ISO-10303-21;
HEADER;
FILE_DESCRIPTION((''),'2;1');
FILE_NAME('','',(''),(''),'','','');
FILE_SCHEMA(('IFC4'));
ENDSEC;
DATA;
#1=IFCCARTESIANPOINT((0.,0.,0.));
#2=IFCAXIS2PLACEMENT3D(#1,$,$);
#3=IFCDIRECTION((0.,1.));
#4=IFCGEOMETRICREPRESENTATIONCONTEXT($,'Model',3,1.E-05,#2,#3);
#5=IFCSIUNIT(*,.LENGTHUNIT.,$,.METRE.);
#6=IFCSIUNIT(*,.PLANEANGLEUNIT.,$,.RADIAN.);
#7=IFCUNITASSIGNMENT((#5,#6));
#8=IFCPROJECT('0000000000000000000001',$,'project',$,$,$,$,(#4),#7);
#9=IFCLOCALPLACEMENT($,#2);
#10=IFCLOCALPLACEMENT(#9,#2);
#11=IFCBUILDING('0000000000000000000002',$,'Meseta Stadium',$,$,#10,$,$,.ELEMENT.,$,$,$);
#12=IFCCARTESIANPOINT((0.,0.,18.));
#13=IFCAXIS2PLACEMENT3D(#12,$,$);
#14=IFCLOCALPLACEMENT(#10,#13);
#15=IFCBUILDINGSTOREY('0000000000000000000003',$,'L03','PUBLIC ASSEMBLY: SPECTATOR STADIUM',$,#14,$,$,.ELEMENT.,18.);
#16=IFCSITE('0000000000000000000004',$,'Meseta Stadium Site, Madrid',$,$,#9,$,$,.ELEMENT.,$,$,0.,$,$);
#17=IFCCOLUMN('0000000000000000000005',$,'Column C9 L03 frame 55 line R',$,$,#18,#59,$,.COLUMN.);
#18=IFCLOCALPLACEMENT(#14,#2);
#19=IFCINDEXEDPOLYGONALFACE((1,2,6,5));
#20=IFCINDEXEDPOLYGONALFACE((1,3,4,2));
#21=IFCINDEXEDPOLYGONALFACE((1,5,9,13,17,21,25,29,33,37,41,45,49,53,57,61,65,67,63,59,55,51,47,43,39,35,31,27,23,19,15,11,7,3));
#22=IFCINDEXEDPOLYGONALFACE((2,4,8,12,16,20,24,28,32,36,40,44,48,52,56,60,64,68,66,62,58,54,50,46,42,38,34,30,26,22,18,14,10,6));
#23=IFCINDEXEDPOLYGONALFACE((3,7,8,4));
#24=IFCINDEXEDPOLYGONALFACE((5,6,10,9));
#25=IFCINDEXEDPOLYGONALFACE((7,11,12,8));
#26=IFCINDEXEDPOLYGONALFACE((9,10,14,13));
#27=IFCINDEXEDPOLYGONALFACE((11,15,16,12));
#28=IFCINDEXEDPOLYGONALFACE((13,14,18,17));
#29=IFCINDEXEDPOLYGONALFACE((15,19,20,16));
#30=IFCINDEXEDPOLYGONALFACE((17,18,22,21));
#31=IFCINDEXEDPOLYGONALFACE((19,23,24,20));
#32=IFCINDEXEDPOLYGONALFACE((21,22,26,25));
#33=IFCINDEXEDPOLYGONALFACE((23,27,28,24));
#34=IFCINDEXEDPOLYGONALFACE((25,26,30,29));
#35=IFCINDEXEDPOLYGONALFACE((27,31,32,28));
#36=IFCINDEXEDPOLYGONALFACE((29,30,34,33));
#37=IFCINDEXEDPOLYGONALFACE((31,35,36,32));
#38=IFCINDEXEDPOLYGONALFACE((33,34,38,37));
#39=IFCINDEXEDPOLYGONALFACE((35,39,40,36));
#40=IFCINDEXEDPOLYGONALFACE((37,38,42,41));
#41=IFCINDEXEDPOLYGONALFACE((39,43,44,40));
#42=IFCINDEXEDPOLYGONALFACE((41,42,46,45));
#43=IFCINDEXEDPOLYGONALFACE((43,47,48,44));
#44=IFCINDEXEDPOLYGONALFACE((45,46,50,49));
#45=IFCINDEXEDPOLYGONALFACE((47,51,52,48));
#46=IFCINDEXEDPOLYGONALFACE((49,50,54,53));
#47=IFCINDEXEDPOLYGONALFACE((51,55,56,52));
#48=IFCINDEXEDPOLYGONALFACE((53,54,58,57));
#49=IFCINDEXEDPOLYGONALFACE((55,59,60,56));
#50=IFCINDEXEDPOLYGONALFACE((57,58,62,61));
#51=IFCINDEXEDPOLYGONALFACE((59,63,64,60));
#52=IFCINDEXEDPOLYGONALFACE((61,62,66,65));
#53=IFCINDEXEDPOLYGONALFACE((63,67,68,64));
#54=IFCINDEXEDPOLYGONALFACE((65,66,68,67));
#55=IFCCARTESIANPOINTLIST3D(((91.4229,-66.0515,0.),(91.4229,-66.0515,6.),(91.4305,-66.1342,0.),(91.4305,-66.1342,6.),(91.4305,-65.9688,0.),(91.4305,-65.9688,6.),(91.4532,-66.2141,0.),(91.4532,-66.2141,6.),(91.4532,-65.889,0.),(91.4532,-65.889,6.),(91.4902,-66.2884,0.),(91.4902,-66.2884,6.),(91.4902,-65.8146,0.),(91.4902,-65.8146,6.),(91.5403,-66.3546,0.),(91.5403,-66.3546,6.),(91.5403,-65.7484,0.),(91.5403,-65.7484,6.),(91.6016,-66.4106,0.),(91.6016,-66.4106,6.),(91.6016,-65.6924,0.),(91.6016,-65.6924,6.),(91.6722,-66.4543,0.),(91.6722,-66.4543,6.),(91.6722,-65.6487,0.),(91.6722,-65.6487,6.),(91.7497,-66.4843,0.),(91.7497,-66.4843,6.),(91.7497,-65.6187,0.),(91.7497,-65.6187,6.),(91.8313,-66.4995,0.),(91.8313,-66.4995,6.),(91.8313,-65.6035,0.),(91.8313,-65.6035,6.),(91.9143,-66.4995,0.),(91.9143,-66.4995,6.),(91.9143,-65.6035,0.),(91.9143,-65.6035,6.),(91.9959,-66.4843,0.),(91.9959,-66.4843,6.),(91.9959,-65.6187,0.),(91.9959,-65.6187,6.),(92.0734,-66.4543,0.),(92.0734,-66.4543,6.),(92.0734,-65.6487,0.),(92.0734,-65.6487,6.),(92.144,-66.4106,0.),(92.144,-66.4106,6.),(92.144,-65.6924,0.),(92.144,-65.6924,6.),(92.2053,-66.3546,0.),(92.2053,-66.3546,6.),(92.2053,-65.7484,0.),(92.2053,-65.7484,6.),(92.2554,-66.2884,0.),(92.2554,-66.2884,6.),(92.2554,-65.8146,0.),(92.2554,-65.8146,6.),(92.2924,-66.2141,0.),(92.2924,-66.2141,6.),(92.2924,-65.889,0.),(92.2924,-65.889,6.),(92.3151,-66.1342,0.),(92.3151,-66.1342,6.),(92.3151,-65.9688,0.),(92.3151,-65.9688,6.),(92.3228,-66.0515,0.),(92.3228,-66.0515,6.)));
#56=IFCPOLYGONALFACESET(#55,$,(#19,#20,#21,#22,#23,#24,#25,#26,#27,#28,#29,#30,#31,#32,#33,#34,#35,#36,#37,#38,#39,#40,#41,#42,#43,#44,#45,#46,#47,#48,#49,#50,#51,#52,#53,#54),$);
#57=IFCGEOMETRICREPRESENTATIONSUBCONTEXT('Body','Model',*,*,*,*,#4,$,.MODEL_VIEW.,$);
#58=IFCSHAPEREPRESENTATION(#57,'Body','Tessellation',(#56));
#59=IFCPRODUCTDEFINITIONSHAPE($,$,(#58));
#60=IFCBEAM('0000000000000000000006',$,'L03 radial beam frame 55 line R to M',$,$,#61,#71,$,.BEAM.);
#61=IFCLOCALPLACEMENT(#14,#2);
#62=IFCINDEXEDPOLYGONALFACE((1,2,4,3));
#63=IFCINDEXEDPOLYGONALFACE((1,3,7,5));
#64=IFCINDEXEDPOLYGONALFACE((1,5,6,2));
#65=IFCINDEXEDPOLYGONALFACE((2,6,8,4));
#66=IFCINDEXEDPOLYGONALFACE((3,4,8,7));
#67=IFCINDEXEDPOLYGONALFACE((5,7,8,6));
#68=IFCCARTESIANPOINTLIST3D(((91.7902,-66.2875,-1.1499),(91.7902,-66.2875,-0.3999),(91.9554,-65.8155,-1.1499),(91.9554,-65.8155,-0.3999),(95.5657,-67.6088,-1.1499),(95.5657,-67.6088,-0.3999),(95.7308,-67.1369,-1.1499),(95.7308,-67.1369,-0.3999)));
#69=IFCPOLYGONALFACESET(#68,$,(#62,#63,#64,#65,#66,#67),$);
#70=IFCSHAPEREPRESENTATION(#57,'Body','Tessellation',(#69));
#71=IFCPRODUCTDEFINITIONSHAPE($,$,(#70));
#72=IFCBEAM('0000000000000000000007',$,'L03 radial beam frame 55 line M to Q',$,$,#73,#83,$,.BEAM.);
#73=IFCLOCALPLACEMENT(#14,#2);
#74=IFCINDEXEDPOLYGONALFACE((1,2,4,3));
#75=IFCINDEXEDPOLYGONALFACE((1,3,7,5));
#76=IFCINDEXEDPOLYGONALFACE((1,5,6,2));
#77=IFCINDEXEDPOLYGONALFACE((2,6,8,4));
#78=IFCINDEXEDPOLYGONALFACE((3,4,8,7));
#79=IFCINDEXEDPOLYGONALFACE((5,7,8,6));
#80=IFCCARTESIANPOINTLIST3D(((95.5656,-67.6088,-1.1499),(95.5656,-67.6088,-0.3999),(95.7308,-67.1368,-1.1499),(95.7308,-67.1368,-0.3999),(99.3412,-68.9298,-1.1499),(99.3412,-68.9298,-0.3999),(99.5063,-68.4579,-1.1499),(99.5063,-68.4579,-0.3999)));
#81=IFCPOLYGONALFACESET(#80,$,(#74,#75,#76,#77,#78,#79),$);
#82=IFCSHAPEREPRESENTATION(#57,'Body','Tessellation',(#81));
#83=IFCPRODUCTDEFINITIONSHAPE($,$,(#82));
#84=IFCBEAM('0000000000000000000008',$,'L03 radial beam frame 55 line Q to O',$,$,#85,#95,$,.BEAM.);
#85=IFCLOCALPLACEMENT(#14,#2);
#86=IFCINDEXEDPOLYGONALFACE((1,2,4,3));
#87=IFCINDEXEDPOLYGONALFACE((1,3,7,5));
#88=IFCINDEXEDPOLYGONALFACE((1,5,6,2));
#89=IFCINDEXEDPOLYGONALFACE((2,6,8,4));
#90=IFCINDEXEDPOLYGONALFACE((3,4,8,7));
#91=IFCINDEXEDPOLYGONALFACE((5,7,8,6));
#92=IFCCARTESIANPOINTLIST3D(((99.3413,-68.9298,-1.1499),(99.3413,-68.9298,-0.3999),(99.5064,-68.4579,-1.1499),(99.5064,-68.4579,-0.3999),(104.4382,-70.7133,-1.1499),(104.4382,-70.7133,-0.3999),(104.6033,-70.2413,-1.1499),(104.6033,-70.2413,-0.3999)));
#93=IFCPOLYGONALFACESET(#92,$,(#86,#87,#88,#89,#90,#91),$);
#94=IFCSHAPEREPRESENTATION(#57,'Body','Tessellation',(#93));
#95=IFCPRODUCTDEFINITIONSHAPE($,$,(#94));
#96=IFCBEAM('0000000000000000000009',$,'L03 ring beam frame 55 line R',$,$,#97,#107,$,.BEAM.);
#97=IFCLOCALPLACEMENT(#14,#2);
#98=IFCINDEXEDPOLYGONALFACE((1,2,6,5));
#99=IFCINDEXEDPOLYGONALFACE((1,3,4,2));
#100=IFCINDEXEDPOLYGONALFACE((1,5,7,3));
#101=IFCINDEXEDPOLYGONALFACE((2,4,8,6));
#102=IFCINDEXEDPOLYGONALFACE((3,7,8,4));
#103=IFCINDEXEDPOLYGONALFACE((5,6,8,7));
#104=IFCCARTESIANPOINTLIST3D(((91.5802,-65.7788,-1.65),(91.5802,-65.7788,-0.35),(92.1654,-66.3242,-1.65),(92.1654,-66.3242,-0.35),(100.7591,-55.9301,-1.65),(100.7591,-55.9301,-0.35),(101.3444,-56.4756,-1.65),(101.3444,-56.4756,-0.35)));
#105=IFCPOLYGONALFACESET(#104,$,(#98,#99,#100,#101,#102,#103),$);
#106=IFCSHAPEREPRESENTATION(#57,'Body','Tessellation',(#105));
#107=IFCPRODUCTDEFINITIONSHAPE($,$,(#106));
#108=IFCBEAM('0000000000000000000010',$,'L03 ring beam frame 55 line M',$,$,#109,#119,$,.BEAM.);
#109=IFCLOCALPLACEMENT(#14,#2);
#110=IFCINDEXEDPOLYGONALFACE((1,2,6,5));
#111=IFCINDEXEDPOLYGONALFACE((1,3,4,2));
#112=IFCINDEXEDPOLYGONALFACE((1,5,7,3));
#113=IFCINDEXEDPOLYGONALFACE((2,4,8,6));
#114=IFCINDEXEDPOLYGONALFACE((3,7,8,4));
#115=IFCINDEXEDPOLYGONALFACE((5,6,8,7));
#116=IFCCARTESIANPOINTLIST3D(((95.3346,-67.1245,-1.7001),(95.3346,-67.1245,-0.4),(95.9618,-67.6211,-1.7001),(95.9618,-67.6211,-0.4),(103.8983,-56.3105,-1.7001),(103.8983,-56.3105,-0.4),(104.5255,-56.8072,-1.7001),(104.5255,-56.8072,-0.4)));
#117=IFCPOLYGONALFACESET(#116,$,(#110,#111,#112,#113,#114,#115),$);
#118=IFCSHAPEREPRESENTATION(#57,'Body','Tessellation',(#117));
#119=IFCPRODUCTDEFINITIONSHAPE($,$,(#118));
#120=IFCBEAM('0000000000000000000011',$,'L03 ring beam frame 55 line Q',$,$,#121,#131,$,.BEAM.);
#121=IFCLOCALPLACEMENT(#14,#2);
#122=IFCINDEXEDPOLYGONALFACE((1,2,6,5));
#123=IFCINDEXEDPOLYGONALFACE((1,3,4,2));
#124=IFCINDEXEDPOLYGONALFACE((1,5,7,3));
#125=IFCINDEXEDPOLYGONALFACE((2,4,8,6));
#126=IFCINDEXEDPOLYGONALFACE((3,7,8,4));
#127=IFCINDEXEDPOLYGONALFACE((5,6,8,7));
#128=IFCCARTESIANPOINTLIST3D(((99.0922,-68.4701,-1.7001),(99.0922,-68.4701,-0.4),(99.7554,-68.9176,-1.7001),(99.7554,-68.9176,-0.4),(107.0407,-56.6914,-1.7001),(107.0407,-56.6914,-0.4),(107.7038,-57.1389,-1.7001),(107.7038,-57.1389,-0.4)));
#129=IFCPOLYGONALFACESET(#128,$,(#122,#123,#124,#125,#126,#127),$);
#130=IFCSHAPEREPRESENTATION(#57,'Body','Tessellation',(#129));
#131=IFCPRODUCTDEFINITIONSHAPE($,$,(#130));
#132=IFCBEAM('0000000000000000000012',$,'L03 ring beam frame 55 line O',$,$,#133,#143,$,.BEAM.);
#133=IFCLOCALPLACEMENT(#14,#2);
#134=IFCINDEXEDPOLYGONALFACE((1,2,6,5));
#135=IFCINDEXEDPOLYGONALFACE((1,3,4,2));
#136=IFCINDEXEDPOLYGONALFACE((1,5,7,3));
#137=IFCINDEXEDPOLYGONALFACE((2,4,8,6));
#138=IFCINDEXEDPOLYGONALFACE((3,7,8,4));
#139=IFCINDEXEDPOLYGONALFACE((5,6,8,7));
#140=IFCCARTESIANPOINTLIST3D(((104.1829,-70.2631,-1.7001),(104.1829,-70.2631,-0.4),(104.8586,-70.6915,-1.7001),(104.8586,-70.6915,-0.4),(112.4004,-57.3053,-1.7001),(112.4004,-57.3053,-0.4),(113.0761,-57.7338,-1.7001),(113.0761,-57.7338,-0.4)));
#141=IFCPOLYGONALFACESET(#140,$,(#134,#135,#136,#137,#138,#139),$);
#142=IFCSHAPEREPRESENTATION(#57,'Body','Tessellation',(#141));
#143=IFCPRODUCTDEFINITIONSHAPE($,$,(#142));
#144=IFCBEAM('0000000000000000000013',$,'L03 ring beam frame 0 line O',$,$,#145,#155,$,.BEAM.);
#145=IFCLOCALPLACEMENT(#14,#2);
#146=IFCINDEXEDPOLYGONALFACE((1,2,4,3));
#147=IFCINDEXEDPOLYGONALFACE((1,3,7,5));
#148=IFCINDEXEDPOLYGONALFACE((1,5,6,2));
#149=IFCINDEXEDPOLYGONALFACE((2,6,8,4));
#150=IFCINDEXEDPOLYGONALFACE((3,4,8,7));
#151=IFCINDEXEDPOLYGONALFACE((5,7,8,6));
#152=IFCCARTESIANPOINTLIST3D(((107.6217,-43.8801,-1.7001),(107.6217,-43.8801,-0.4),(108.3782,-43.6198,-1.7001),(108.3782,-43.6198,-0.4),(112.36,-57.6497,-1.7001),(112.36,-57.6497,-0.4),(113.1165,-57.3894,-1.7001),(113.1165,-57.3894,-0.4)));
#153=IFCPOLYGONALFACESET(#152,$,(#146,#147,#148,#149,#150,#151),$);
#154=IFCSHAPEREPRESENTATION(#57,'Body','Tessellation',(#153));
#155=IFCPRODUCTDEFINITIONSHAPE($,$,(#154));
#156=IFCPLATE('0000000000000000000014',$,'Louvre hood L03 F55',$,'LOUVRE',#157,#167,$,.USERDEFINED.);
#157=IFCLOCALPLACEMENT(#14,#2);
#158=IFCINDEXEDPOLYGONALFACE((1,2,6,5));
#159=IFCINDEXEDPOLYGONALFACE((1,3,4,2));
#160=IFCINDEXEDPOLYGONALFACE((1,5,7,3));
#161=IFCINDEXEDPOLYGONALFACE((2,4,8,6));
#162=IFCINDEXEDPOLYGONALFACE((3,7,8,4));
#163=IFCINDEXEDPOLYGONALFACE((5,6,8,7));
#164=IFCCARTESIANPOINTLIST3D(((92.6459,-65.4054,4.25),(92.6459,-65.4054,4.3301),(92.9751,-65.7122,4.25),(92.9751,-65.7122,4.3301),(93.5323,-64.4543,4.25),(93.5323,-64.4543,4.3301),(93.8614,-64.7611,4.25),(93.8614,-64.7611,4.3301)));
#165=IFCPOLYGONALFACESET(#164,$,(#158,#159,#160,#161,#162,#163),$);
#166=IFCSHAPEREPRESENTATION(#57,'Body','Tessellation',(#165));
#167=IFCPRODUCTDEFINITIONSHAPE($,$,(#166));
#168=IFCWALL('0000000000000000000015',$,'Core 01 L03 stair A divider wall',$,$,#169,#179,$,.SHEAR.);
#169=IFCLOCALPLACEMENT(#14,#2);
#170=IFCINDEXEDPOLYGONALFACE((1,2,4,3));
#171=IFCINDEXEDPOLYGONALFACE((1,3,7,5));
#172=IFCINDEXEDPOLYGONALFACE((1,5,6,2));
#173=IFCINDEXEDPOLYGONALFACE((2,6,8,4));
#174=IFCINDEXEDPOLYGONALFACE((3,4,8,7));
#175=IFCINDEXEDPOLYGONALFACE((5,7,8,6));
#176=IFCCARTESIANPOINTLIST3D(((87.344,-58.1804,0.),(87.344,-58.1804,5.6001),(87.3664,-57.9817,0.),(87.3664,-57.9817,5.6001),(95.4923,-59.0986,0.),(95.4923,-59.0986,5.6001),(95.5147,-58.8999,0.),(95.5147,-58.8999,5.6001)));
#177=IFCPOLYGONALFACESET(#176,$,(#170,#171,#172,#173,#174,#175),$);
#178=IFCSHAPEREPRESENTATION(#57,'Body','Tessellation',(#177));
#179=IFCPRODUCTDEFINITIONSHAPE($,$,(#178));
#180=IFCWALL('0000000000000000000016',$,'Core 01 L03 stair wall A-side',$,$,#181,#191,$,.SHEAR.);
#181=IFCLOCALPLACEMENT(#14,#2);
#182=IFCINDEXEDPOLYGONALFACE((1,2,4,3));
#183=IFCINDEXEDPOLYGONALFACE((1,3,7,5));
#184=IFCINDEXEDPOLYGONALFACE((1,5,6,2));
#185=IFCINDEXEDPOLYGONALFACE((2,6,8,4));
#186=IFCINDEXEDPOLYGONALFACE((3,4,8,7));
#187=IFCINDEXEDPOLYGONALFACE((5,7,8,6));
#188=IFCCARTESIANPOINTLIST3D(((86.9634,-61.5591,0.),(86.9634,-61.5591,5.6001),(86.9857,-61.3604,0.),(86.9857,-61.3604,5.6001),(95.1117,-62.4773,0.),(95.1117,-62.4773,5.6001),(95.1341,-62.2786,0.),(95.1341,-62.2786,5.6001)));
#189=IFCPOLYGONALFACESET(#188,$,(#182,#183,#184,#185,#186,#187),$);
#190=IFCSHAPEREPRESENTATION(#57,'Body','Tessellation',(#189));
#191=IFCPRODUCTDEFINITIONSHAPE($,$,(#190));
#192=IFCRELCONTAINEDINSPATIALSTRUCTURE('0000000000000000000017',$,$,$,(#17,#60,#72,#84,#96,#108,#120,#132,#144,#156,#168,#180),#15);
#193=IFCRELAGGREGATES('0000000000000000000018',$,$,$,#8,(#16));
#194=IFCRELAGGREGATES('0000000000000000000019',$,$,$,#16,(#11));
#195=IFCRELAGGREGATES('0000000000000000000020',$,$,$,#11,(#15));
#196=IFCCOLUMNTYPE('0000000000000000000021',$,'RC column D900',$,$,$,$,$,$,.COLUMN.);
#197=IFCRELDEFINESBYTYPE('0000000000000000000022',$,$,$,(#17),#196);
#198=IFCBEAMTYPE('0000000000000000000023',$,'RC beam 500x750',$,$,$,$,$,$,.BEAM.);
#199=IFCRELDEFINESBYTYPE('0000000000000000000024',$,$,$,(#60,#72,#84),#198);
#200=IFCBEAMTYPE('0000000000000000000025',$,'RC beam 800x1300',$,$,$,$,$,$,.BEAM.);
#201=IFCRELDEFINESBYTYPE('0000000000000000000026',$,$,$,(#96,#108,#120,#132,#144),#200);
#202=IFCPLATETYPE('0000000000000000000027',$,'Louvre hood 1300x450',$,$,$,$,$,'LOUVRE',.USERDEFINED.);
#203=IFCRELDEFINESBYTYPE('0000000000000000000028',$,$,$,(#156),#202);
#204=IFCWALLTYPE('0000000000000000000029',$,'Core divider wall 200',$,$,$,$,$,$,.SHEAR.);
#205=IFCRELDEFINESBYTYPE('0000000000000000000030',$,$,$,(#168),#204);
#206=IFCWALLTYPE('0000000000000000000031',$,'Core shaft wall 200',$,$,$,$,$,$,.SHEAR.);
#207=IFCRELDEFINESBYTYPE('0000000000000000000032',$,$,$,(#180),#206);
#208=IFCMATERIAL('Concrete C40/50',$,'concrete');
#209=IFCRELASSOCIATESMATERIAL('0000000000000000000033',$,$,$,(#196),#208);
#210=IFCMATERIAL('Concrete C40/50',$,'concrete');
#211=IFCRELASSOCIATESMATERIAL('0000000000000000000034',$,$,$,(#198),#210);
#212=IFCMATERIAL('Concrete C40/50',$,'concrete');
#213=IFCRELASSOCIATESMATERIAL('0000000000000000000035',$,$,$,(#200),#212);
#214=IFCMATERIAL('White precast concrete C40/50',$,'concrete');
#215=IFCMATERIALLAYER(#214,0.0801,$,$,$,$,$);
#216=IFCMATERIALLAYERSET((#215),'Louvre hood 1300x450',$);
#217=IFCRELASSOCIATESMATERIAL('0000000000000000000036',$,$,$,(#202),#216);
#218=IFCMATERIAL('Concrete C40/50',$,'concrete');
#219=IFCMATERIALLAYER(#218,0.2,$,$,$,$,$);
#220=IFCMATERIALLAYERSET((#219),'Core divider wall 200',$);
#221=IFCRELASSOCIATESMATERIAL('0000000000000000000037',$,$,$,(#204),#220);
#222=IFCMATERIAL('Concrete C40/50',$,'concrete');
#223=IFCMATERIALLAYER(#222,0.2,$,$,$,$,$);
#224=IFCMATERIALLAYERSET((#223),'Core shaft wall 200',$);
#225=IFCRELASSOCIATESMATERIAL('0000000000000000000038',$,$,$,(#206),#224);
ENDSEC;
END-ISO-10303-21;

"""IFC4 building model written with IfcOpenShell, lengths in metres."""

from ifc_helpers import new_model, si_unit, direction, frame, frame_2d, origin, origin_2d, place, context, subcontext, project, spatial, rectangle, circle, extrude, material, layer, layer_set, material_profile, profile_set, type_object, element, save


model = new_model("IFC4")

# Units and contexts
model_context = context("Model", 3, precision=1e-05, world=origin(), true_north=direction((0.0, 1.0)))
body_context = subcontext(model_context, "Body", "Model", "MODEL_VIEW")
ifc_project = project(units=[si_unit("LENGTHUNIT", "METRE"), si_unit("PLANEANGLEUNIT", "RADIAN")], contexts=[model_context])

# Site, building, storey
site_placement = place(None, origin())
site = spatial("IfcSite", under=ifc_project, at=site_placement, Name="Meseta Stadium Site, Madrid", CompositionType="ELEMENT", RefElevation=0.0)
building_placement = place(site_placement, origin())
building = spatial("IfcBuilding", under=site, at=building_placement, Name="Meseta Stadium", CompositionType="ELEMENT")
storey_placement = place(building_placement, frame((0.0, 0.0, 18.0)))
storey = spatial("IfcBuildingStorey", under=building, at=storey_placement, Name="L03", Description="PUBLIC ASSEMBLY: SPECTATOR STADIUM", CompositionType="ELEMENT", Elevation=18.0)

# Column
ifc_material_1 = material(Name="Concrete C40/50", Category="concrete")
ifc_material_profile_1 = material_profile(ifc_material_1, circle(Radius=0.45, at=origin_2d()), Name="RC D900")
ifc_profile_set_1 = profile_set([ifc_material_profile_1], Name="Concrete C40/50")
column_type = type_object("IfcColumnType", Name="RC column D900", PredefinedType="COLUMN", material=ifc_profile_set_1)
column_placement = place(storey_placement, frame((91.8728, -66.0515, 0.0), z_axis=(0.0, 0.0, 1.0), x_axis=(1.0, 0.0, 0.0)))
element("IfcColumn", 1, at=column_placement, inside=storey, type_object=column_type, Name="Column C9 L03 frame 55 line R", PredefinedType="COLUMN", context=body_context, shape_type="SweptSolid", body=[
    extrude(circle(Radius=0.45, at=origin_2d()), origin(), (0.0, 0.0, 1.0), 6.0),
])

# Beams
ifc_material_2 = material(Name="Concrete C40/50", Category="concrete")
ifc_material_profile_2 = material_profile(ifc_material_2, rectangle(XDim=0.5, YDim=0.75, at=origin_2d()), Name="RC 500x750")
ifc_profile_set_2 = profile_set([ifc_material_profile_2], Name="Concrete C40/50")
beam_type_1 = type_object("IfcBeamType", Name="RC beam 500x750", PredefinedType="BEAM", material=ifc_profile_set_2)
for number, where, z_axis, x_axis, name in (
    (2, (91.8728, -66.0515, -0.7749), (0.943866, -0.330329, 0.0), (0.330329, 0.943866, 0.0), "L03 radial beam frame 55 line R to M"),
    (3, (95.6482, -67.3728, -0.7749), (0.943892, -0.330255, 0.0), (0.330255, 0.943892, 0.0), "L03 radial beam frame 55 line M to Q"),
):
    element("IfcBeam", number, at=place(storey_placement, frame(where, z_axis=z_axis, x_axis=x_axis)), inside=storey, type_object=beam_type_1, Name=name, PredefinedType="BEAM", context=body_context, shape_type="SweptSolid", body=[
        extrude(rectangle(XDim=0.5, YDim=0.75, at=origin_2d()), origin(), (0.0, 0.0, 1.0), 4.0),
    ])
beam_1_placement = place(storey_placement, frame((99.4238, -68.6938, -0.7749), z_axis=(0.943886, -0.330272, 0.0), x_axis=(0.330272, 0.943886, 0.0)))
element("IfcBeam", 4, at=beam_1_placement, inside=storey, type_object=beam_type_1, Name="L03 radial beam frame 55 line Q to O", PredefinedType="BEAM", context=body_context, shape_type="SweptSolid", body=[
    extrude(rectangle(XDim=0.5, YDim=0.75, at=origin_2d()), origin(), (0.0, 0.0, 1.0), 5.3999),
])
ifc_material_3 = material(Name="Concrete C40/50", Category="concrete")
ifc_material_profile_3 = material_profile(ifc_material_3, rectangle(XDim=0.8, YDim=1.3, at=origin_2d()), Name="RC 800x1300")
ifc_profile_set_3 = profile_set([ifc_material_profile_3], Name="Concrete C40/50")
beam_type_2 = type_object("IfcBeamType", Name="RC beam 800x1300", PredefinedType="BEAM", material=ifc_profile_set_3)
beam_2_placement = place(storey_placement, frame((91.8728, -66.0515, -1.0), z_axis=(0.681798, 0.731541, 0.0), x_axis=(-0.731541, 0.681798, 0.0)))
element("IfcBeam", 5, at=beam_2_placement, inside=storey, type_object=beam_type_2, Name="L03 ring beam frame 55 line R", PredefinedType="BEAM", context=body_context, shape_type="SweptSolid", body=[
    extrude(rectangle(XDim=0.8, YDim=1.3, at=origin_2d()), origin(), (0.0, 0.0, 1.0), 13.4629),
])
beam_3_placement = place(storey_placement, frame((95.6482, -67.3728, -1.05), z_axis=(0.620822, 0.783952, 0.0), x_axis=(-0.783952, 0.620822, 0.0)))
element("IfcBeam", 6, at=beam_3_placement, inside=storey, type_object=beam_type_2, Name="L03 ring beam frame 55 line M", PredefinedType="BEAM", context=body_context, shape_type="SweptSolid", body=[
    extrude(rectangle(XDim=0.8, YDim=1.3, at=origin_2d()), origin(), (0.0, 0.0, 1.0), 13.7942),
])
beam_4_placement = place(storey_placement, frame((99.4238, -68.6938, -1.05), z_axis=(0.559366, 0.828921, 0.0), x_axis=(-0.828921, 0.559366, 0.0)))
element("IfcBeam", 7, at=beam_4_placement, inside=storey, type_object=beam_type_2, Name="L03 ring beam frame 55 line Q", PredefinedType="BEAM", context=body_context, shape_type="SweptSolid", body=[
    extrude(rectangle(XDim=0.8, YDim=1.3, at=origin_2d()), origin(), (0.0, 0.0, 1.0), 14.2097),
])
beam_5_placement = place(storey_placement, frame((104.5208, -70.4773, -1.05), z_axis=(0.535561, 0.844496, 0.0), x_axis=(-0.844496, 0.535561, 0.0)))
element("IfcBeam", 8, at=beam_5_placement, inside=storey, type_object=beam_type_2, Name="L03 ring beam frame 55 line O", PredefinedType="BEAM", context=body_context, shape_type="SweptSolid", body=[
    extrude(rectangle(XDim=0.8, YDim=1.3, at=origin_2d()), origin(), (0.0, 0.0, 1.0), 15.3438),
])
beam_6_placement = place(storey_placement, frame((112.7383, -57.5195, -1.05), z_axis=(-0.325387, 0.945581, 0.0), x_axis=(-0.945581, -0.325387, 0.0)))
element("IfcBeam", 9, at=beam_6_placement, inside=storey, type_object=beam_type_2, Name="L03 ring beam frame 0 line O", PredefinedType="BEAM", context=body_context, shape_type="SweptSolid", body=[
    extrude(rectangle(XDim=0.8, YDim=1.3, at=origin_2d()), origin(), (0.0, 0.0, 1.0), 14.562),
])

# Plate
ifc_material_4 = material(Name="White precast concrete C40/50", Category="concrete")
ifc_layer_1 = layer(ifc_material_4, 0.0801)
ifc_layer_set_1 = layer_set([ifc_layer_1], Name="Louvre hood 1300x450")
plate_type = type_object("IfcPlateType", Name="Louvre hood 1300x450", ElementType="LOUVRE", PredefinedType="USERDEFINED", material=ifc_layer_set_1)
plate_placement = place(storey_placement, frame((93.2537, -65.0833, 4.25), z_axis=(0.0, 0.0, 1.0), x_axis=(0.681793, 0.731545, 0.0)))
element("IfcPlate", 10, at=plate_placement, inside=storey, type_object=plate_type, Name="Louvre hood L03 F55", ObjectType="LOUVRE", PredefinedType="USERDEFINED", context=body_context, shape_type="SweptSolid", body=[
    extrude(rectangle(XDim=1.3, YDim=0.45, at=origin_2d()), origin(), (0.0, 0.0, 1.0), 0.0801),
])

# Walls
ifc_material_5 = material(Name="Concrete C40/50", Category="concrete")
ifc_layer_2 = layer(ifc_material_5, 0.2)
ifc_layer_set_2 = layer_set([ifc_layer_2], Name="Core divider wall 200")
wall_type_1 = type_object("IfcWallType", Name="Core divider wall 200", PredefinedType="SHEAR", material=ifc_layer_set_2)
wall_1_placement = place(storey_placement, frame((95.5037, -58.9993, 0.0), z_axis=(0.0, 0.0, 1.0), x_axis=(-0.993711, 0.111977, 0.0)))
element("IfcWall", 11, at=wall_1_placement, inside=storey, type_object=wall_type_1, Name="Core 01 L03 stair A divider wall", PredefinedType="SHEAR", context=body_context, shape_type="SweptSolid", body=[
    extrude(rectangle(XDim=8.2, YDim=0.2, at=frame_2d((4.1001, 0.0))), origin(), (0.0, 0.0, 1.0), 5.6001),
])
ifc_material_6 = material(Name="Concrete C40/50", Category="concrete")
ifc_layer_3 = layer(ifc_material_6, 0.2)
ifc_layer_set_3 = layer_set([ifc_layer_3], Name="Core shaft wall 200")
wall_type_2 = type_object("IfcWallType", Name="Core shaft wall 200", PredefinedType="SHEAR", material=ifc_layer_set_3)
wall_2_placement = place(storey_placement, frame((95.123, -62.3779, 0.0), z_axis=(0.0, 0.0, 1.0), x_axis=(-0.993711, 0.111977, 0.0)))
element("IfcWall", 12, at=wall_2_placement, inside=storey, type_object=wall_type_2, Name="Core 01 L03 stair wall A-side", PredefinedType="SHEAR", context=body_context, shape_type="SweptSolid", body=[
    extrude(rectangle(XDim=8.2, YDim=0.2, at=frame_2d((4.1001, 0.0))), origin(), (0.0, 0.0, 1.0), 5.6001),
])

save(model, "model.ifc")
